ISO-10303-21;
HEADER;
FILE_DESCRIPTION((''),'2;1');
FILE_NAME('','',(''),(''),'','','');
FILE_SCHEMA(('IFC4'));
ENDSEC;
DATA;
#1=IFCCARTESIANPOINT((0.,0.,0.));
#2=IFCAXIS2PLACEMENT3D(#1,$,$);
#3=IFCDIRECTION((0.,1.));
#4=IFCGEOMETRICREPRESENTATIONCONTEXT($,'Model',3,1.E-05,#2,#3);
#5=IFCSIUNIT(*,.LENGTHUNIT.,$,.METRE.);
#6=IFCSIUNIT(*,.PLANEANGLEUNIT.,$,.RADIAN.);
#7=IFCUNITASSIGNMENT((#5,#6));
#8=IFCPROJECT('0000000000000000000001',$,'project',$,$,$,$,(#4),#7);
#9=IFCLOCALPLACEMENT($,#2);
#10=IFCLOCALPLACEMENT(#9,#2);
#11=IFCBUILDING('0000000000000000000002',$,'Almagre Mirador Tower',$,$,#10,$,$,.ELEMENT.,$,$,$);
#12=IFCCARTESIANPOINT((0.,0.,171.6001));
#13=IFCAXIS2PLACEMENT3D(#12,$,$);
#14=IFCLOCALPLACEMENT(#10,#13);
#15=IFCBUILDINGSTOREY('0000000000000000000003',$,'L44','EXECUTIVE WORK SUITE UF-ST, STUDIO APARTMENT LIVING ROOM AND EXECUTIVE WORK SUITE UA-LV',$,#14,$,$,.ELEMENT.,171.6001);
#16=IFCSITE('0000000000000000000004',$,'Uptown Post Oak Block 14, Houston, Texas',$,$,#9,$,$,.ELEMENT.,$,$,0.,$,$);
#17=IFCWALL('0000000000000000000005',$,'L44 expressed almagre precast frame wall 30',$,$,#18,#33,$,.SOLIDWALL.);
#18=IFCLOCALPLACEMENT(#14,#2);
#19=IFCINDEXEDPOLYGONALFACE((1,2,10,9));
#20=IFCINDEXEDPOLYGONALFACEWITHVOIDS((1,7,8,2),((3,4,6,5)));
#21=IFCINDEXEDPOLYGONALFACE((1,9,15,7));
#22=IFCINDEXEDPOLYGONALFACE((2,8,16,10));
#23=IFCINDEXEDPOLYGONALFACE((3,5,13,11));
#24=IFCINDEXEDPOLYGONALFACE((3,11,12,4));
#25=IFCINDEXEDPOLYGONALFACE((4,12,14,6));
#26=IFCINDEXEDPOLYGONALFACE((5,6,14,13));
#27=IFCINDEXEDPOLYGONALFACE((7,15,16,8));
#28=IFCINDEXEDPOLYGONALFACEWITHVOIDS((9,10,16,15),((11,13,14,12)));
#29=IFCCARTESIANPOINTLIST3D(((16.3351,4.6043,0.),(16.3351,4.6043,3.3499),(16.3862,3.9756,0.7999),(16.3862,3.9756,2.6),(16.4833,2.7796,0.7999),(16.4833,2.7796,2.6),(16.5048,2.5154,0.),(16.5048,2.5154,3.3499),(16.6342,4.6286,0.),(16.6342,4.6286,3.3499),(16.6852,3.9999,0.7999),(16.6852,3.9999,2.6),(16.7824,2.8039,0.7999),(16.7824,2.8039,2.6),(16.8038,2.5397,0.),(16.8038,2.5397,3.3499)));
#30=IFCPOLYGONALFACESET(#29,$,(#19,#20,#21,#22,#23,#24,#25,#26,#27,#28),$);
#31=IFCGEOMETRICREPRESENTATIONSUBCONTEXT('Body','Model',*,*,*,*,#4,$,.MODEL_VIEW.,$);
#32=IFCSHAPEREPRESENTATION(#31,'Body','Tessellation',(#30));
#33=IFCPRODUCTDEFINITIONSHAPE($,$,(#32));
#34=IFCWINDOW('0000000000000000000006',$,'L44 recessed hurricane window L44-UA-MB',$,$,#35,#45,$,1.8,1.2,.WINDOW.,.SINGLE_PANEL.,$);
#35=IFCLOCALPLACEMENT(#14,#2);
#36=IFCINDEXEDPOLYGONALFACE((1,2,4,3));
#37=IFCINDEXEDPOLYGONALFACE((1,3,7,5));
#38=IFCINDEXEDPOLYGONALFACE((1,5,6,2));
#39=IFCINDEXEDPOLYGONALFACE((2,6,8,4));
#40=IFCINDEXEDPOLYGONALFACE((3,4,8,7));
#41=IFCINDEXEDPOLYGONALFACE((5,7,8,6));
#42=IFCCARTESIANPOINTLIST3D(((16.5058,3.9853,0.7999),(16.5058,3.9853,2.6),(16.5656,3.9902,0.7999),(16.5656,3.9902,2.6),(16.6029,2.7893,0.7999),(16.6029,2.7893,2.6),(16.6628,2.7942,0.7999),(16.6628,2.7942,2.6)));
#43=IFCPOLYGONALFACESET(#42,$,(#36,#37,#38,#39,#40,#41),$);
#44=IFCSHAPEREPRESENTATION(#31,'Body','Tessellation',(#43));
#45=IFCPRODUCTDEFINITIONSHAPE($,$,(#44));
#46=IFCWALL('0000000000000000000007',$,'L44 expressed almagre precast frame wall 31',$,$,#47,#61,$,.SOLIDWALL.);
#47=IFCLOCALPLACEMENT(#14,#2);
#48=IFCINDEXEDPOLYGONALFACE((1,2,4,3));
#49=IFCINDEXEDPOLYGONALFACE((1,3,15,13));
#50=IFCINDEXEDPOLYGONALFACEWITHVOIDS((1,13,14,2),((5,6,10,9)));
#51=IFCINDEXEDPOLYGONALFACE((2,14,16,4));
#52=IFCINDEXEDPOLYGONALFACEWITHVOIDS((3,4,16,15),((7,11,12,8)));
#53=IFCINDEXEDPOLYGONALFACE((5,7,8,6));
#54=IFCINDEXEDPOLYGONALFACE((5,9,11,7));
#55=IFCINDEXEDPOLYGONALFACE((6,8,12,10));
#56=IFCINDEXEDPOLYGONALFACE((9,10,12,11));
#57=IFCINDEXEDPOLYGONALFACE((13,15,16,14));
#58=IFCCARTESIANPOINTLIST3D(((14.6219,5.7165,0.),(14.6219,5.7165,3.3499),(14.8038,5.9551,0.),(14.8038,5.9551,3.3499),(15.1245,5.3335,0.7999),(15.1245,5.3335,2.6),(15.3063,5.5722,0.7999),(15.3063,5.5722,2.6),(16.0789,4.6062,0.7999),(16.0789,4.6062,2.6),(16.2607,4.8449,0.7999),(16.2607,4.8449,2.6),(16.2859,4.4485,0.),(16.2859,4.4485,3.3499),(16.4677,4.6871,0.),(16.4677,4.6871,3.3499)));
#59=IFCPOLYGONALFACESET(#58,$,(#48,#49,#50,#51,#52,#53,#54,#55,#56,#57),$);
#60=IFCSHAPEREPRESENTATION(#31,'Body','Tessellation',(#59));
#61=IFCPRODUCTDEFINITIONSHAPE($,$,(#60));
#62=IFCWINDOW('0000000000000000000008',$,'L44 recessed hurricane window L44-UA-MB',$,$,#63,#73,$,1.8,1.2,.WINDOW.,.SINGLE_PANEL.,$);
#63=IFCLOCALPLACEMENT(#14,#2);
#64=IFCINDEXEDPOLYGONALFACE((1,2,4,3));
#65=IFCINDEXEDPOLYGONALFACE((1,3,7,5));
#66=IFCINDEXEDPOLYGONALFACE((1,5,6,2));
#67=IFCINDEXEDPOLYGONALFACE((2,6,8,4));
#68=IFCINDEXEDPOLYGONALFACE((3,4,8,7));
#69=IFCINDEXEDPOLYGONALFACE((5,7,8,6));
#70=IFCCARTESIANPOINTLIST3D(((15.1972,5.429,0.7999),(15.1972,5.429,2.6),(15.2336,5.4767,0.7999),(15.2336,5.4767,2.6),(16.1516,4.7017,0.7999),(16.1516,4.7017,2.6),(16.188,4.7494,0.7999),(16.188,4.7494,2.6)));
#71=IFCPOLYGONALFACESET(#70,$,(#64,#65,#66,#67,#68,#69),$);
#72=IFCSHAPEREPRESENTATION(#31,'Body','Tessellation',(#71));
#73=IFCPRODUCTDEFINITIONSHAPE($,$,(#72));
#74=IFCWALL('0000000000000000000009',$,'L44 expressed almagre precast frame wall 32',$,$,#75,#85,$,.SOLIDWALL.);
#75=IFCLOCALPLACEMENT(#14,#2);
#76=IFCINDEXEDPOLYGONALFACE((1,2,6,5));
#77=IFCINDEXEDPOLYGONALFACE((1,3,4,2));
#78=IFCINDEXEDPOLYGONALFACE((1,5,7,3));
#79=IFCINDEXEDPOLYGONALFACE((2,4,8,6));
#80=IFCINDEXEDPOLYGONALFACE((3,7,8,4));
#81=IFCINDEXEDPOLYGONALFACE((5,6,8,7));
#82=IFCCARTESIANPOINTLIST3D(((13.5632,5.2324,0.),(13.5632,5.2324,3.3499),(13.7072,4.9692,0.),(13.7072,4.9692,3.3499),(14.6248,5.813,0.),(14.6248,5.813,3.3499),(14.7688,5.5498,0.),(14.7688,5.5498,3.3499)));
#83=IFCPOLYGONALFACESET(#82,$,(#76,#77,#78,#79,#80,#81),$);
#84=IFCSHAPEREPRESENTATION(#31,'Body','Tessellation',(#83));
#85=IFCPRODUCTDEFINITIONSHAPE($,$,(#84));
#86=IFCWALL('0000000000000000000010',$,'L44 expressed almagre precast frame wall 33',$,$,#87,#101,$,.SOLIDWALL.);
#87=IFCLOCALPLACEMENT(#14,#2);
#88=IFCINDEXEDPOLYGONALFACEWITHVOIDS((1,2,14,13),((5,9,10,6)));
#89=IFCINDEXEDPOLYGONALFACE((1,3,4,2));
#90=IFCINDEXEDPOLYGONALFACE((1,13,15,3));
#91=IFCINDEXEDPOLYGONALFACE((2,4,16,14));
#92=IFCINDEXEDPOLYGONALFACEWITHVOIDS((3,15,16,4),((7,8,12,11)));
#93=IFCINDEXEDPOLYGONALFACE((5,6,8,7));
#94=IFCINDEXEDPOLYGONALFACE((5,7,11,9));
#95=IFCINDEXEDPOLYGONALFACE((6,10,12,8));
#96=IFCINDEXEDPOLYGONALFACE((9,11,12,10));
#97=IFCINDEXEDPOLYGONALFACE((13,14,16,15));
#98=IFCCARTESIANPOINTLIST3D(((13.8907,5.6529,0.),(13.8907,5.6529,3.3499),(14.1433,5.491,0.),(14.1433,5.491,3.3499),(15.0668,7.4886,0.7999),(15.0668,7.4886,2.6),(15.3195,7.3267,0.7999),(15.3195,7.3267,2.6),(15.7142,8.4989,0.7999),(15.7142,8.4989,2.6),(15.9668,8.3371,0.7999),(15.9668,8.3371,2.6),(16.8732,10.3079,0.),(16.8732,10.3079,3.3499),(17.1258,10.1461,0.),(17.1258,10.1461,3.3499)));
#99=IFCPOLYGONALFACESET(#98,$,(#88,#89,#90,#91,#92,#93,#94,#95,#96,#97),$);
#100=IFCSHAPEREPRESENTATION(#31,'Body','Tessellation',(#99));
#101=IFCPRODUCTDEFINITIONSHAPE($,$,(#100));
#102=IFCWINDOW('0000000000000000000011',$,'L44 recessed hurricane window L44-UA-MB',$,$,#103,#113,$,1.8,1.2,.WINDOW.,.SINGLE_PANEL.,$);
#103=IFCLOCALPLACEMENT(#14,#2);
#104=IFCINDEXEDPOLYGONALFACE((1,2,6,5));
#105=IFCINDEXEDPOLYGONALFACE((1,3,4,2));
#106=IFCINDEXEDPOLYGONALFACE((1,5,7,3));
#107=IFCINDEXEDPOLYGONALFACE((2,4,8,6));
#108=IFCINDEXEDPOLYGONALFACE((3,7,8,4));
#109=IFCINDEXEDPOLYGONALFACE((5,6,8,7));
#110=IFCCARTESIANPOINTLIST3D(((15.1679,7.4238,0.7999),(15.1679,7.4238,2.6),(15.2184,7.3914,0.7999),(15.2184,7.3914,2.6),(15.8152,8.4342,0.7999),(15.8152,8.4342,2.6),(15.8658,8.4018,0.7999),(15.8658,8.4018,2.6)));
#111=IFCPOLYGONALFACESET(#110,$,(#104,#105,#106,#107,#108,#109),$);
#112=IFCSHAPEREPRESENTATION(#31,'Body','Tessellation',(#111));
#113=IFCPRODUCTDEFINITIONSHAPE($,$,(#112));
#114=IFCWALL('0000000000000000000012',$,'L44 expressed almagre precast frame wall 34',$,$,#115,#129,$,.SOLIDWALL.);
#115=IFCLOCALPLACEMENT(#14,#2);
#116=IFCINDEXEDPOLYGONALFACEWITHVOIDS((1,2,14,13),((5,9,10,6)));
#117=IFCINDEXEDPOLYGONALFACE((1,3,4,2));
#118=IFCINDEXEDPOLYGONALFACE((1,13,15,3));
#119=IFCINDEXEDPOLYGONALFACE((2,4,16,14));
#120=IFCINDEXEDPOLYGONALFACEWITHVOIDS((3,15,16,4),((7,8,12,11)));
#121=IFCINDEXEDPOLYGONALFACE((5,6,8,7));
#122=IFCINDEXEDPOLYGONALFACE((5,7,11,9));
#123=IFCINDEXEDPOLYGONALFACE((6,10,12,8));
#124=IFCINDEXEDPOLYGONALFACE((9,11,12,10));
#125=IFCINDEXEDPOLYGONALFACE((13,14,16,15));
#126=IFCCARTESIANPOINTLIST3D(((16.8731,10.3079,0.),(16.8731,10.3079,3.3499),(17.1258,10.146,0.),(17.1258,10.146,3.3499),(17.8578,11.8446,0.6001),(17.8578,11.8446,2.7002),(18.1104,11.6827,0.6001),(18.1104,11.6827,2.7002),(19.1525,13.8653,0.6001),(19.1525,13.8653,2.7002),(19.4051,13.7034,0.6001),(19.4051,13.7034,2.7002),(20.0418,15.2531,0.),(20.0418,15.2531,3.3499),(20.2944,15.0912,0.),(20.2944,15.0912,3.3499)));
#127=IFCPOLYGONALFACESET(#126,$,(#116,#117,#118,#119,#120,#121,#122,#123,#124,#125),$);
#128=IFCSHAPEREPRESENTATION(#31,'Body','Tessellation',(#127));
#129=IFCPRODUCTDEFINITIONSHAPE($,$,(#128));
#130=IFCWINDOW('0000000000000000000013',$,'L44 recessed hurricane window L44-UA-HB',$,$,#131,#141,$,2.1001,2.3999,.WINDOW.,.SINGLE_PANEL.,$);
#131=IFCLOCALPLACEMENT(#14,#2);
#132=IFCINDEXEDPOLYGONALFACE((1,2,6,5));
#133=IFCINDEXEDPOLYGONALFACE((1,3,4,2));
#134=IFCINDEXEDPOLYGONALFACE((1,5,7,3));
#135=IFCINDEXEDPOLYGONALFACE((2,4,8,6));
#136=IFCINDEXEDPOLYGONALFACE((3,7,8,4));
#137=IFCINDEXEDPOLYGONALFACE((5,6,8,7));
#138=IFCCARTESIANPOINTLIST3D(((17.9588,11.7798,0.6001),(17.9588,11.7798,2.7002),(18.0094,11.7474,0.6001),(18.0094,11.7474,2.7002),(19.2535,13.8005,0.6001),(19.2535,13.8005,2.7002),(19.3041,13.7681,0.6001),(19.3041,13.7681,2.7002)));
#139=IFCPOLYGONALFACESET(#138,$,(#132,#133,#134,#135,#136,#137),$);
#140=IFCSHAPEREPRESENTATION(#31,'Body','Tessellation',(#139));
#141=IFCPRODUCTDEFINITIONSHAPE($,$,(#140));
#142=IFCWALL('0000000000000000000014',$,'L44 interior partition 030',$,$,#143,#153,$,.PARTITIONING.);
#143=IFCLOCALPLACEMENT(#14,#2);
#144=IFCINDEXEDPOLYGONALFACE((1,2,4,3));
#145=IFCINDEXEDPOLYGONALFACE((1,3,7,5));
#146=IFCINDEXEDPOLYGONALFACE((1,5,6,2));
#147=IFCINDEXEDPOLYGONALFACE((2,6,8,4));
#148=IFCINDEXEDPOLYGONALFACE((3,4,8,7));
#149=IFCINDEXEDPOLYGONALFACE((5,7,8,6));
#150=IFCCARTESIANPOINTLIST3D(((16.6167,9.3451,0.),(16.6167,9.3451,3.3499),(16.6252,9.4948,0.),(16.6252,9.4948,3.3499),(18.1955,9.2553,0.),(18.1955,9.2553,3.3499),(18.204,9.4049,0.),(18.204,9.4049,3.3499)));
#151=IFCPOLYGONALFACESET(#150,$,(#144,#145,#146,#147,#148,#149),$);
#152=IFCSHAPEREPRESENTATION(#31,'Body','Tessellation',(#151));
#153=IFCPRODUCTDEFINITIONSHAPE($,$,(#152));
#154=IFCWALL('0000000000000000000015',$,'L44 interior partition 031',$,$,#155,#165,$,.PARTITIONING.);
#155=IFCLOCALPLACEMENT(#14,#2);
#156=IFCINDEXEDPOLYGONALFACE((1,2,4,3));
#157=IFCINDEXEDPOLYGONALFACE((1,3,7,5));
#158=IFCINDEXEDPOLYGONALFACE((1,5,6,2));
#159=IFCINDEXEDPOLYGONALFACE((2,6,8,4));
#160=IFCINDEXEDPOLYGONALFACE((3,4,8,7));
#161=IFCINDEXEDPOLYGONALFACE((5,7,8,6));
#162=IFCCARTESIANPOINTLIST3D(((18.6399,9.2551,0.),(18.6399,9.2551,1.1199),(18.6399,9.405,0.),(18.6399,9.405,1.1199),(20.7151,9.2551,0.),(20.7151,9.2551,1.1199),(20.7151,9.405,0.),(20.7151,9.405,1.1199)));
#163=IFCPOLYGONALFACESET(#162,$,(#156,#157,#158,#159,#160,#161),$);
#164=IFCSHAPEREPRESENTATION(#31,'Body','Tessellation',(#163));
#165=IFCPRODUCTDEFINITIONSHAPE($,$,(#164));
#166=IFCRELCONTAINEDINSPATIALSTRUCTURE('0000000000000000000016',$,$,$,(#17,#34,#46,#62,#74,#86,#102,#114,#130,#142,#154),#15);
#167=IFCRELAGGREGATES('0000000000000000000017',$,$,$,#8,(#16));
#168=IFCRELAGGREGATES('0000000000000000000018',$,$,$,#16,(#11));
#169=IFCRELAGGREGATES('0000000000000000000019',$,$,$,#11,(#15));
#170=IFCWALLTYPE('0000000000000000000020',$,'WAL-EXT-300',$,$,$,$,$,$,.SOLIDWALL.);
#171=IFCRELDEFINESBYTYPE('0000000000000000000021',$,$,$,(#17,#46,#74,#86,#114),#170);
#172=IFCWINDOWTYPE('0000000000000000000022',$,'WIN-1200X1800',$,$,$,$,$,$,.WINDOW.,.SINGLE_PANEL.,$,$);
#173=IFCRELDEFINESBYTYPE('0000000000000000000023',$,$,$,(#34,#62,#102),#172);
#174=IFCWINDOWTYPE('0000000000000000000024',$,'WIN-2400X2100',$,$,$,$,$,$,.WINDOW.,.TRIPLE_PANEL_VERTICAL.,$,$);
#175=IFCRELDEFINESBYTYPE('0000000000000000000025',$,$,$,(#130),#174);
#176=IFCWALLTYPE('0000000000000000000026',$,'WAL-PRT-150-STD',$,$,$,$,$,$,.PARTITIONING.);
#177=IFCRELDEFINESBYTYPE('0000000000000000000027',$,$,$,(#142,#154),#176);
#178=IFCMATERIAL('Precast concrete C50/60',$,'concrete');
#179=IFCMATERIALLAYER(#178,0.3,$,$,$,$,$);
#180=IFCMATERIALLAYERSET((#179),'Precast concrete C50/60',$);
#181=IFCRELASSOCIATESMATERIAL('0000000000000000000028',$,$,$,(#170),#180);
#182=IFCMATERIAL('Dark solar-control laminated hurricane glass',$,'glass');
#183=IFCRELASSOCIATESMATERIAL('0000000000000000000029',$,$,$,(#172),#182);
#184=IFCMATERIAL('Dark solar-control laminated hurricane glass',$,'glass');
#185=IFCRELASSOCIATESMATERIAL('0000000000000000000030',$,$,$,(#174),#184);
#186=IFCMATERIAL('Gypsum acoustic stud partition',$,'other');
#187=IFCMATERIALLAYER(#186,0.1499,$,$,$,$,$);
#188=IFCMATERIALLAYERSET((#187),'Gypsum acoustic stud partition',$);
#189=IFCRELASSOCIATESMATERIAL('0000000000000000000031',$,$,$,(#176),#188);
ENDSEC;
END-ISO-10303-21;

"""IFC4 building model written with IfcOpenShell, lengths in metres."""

from ifc_helpers import new_model, si_unit, direction, frame, frame_2d, origin, place, context, subcontext, project, spatial, rectangle, extrude, material, layer, layer_set, type_object, element, fill, save


model = new_model("IFC4")

# Units and contexts
model_context = context("Model", 3, precision=1e-05, world=origin(), true_north=direction((0.0, 1.0)))
body_context = subcontext(model_context, "Body", "Model", "MODEL_VIEW")
ifc_project = project(units=[si_unit("LENGTHUNIT", "METRE"), si_unit("PLANEANGLEUNIT", "RADIAN")], contexts=[model_context])

# Site, building, storey
site_placement = place(None, origin())
site = spatial("IfcSite", under=ifc_project, at=site_placement, Name="Uptown Post Oak Block 14, Houston, Texas", CompositionType="ELEMENT", RefElevation=0.0)
building_placement = place(site_placement, origin())
building = spatial("IfcBuilding", under=site, at=building_placement, Name="Almagre Mirador Tower", CompositionType="ELEMENT")
storey_placement = place(building_placement, frame((0.0, 0.0, 171.6001)))
storey = spatial("IfcBuildingStorey", under=building, at=storey_placement, Name="L44", Description="EXECUTIVE WORK SUITE UF-ST, STUDIO APARTMENT LIVING ROOM AND EXECUTIVE WORK SUITE UA-LV", CompositionType="ELEMENT", Elevation=171.6001)

# Shared definitions
ifc_material_1 = material(Name="Precast concrete C50/60", Category="concrete")
ifc_layer_1 = layer(ifc_material_1, 0.3)
ifc_layer_set_1 = layer_set([ifc_layer_1], Name="Precast concrete C50/60")
wall_type_1 = type_object("IfcWallType", Name="WAL-EXT-300", PredefinedType="SOLIDWALL", material=ifc_layer_set_1)

# Walls, openings, windows
wall_1_placement = place(storey_placement, frame((16.6543, 2.5276, 0.0), z_axis=(0.0, 0.0, 1.0), x_axis=(-0.080963, 0.996717, 0.0)))
wall_1 = element("IfcWall", 1, at=wall_1_placement, inside=storey, type_object=wall_type_1, Name="L44 expressed almagre precast frame wall 30", PredefinedType="SOLIDWALL", context=body_context, shape_type="SweptSolid", body=[
    extrude(rectangle(XDim=2.0957, YDim=0.3, at=frame_2d((1.0479, 0.0))), origin(), (0.0, 0.0, 1.0), 3.3499),
])
opening_1_placement = place(wall_1_placement, frame((0.2649, 0.0, 0.8)))
opening_1 = element("IfcOpeningElement", 2, at=opening_1_placement, cuts=wall_1, PredefinedType="OPENING", context=body_context, shape_type="SweptSolid", body=[
    extrude(rectangle(XDim=1.2, YDim=1.8, at=frame_2d((0.6001, 0.8999))), frame((0.0, 0.1599, 0.0), z_axis=(0.0, -1.0, 0.0), x_axis=(1.0, 0.0, 0.0)), (0.0, 0.0, 1.0), 0.32),
])
ifc_material_2 = material(Name="Dark solar-control laminated hurricane glass", Category="glass")
window_type_1 = type_object("IfcWindowType", Name="WIN-1200X1800", PartitioningType="SINGLE_PANEL", PredefinedType="WINDOW", material=ifc_material_2)
window_1_placement = place(opening_1_placement, origin())
window_1 = element("IfcWindow", 3, at=window_1_placement, inside=storey, type_object=window_type_1, Name="L44 recessed hurricane window L44-UA-MB", OverallHeight=1.8, OverallWidth=1.2, PartitioningType="SINGLE_PANEL", PredefinedType="WINDOW", context=body_context, shape_type="SweptSolid", body=[
    extrude(rectangle(XDim=1.2, YDim=1.8, at=frame_2d((0.6001, 0.8999))), frame((0.0, 0.03, 0.0), z_axis=(0.0, -1.0, 0.0), x_axis=(1.0, 0.0, 0.0)), (0.0, 0.0, 1.0), 0.0601),
])
fill(opening_1, window_1)
wall_2_placement = place(storey_placement, frame((16.3767, 4.5679, 0.0), z_axis=(0.0, 0.0, 1.0), x_axis=(-0.795383, 0.606106, 0.0)))
wall_2 = element("IfcWall", 4, at=wall_2_placement, inside=storey, type_object=wall_type_1, Name="L44 expressed almagre precast frame wall 31", PredefinedType="SOLIDWALL", context=body_context, shape_type="SweptSolid", body=[
    extrude(rectangle(XDim=2.092, YDim=0.3, at=frame_2d((1.0459, 0.0))), origin(), (0.0, 0.0, 1.0), 3.3499),
])
opening_2_placement = place(wall_2_placement, frame((0.26, 0.0, 0.8)))
opening_2 = element("IfcOpeningElement", 5, at=opening_2_placement, cuts=wall_2, PredefinedType="OPENING", context=body_context, shape_type="SweptSolid", body=[
    extrude(rectangle(XDim=1.2, YDim=1.8, at=frame_2d((0.6001, 0.8999))), frame((0.0, 0.1599, 0.0), z_axis=(0.0, -1.0, 0.0), x_axis=(1.0, 0.0, 0.0)), (0.0, 0.0, 1.0), 0.32),
])
window_2_placement = place(opening_2_placement, origin())
window_2 = element("IfcWindow", 6, at=window_2_placement, inside=storey, type_object=window_type_1, Name="L44 recessed hurricane window L44-UA-MB", OverallHeight=1.8, OverallWidth=1.2, PartitioningType="SINGLE_PANEL", PredefinedType="WINDOW", context=body_context, shape_type="SweptSolid", body=[
    extrude(rectangle(XDim=1.2, YDim=1.8, at=frame_2d((0.6001, 0.8999))), frame((0.0, 0.03, 0.0), z_axis=(0.0, -1.0, 0.0), x_axis=(1.0, 0.0, 0.0)), (0.0, 0.0, 1.0), 0.0601),
])
fill(opening_2, window_2)

# Wall
wall_3_placement = place(storey_placement, frame((14.6968, 5.6814, 0.0), z_axis=(0.0, 0.0, 1.0), x_axis=(-0.877355, -0.479841, 0.0)))
element("IfcWall", 7, at=wall_3_placement, inside=storey, type_object=wall_type_1, Name="L44 expressed almagre precast frame wall 32", PredefinedType="SOLIDWALL", context=body_context, shape_type="SweptSolid", body=[
    extrude(rectangle(XDim=1.21, YDim=0.3, at=frame_2d((0.605, 0.0))), origin(), (0.0, 0.0, 1.0), 3.3499),
])

# Walls, openings, windows
wall_4_placement = place(storey_placement, frame((14.0171, 5.572, 0.0), z_axis=(0.0, 0.0, 1.0), x_axis=(0.539465, 0.842008, 0.0)))
wall_4 = element("IfcWall", 8, at=wall_4_placement, inside=storey, type_object=wall_type_1, Name="L44 expressed almagre precast frame wall 33", PredefinedType="SOLIDWALL", context=body_context, shape_type="SweptSolid", body=[
    extrude(rectangle(XDim=5.5286, YDim=0.3, at=frame_2d((2.7642, 0.0))), origin(), (0.0, 0.0, 1.0), 3.3499),
])
opening_3_placement = place(wall_4_placement, frame((2.1799, 0.0, 0.8)))
opening_3 = element("IfcOpeningElement", 9, at=opening_3_placement, cuts=wall_4, PredefinedType="OPENING", context=body_context, shape_type="SweptSolid", body=[
    extrude(rectangle(XDim=1.2, YDim=1.8, at=frame_2d((0.6001, 0.8999))), frame((0.0, 0.1599, 0.0), z_axis=(0.0, -1.0, 0.0), x_axis=(1.0, 0.0, 0.0)), (0.0, 0.0, 1.0), 0.32),
])
window_3_placement = place(opening_3_placement, origin())
window_3 = element("IfcWindow", 10, at=window_3_placement, inside=storey, type_object=window_type_1, Name="L44 recessed hurricane window L44-UA-MB", OverallHeight=1.8, OverallWidth=1.2, PartitioningType="SINGLE_PANEL", PredefinedType="WINDOW", context=body_context, shape_type="SweptSolid", body=[
    extrude(rectangle(XDim=1.2, YDim=1.8, at=frame_2d((0.6001, 0.8999))), frame((0.0, 0.03, 0.0), z_axis=(0.0, -1.0, 0.0), x_axis=(1.0, 0.0, 0.0)), (0.0, 0.0, 1.0), 0.0601),
])
fill(opening_3, window_3)
wall_5_placement = place(storey_placement, frame((16.9995, 10.2271, 0.0), z_axis=(0.0, 0.0, 1.0), x_axis=(0.539501, 0.841985, 0.0)))
wall_5 = element("IfcWall", 11, at=wall_5_placement, inside=storey, type_object=wall_type_1, Name="L44 expressed almagre precast frame wall 34", PredefinedType="SOLIDWALL", context=body_context, shape_type="SweptSolid", body=[
    extrude(rectangle(XDim=5.8733, YDim=0.3, at=frame_2d((2.9365, 0.0))), origin(), (0.0, 0.0, 1.0), 3.3499),
])
opening_4_placement = place(wall_5_placement, frame((1.825, 0.0, 0.6001)))
opening_4 = element("IfcOpeningElement", 12, at=opening_4_placement, cuts=wall_5, PredefinedType="OPENING", context=body_context, shape_type="SweptSolid", body=[
    extrude(rectangle(XDim=2.3999, YDim=2.1001, at=frame_2d((1.2, 1.05))), frame((0.0, 0.1599, 0.0), z_axis=(0.0, -1.0, 0.0), x_axis=(1.0, 0.0, 0.0)), (0.0, 0.0, 1.0), 0.32),
])
ifc_material_3 = material(Name="Dark solar-control laminated hurricane glass", Category="glass")
window_type_2 = type_object("IfcWindowType", Name="WIN-2400X2100", PartitioningType="TRIPLE_PANEL_VERTICAL", PredefinedType="WINDOW", material=ifc_material_3)
window_4_placement = place(opening_4_placement, origin())
window_4 = element("IfcWindow", 13, at=window_4_placement, inside=storey, type_object=window_type_2, Name="L44 recessed hurricane window L44-UA-HB", OverallHeight=2.1001, OverallWidth=2.3999, PartitioningType="SINGLE_PANEL", PredefinedType="WINDOW", context=body_context, shape_type="SweptSolid", body=[
    extrude(rectangle(XDim=2.3999, YDim=2.1001, at=frame_2d((1.2, 1.05))), frame((0.0, 0.03, 0.0), z_axis=(0.0, -1.0, 0.0), x_axis=(1.0, 0.0, 0.0)), (0.0, 0.0, 1.0), 0.0601),
])
fill(opening_4, window_4)

# Walls
ifc_material_4 = material(Name="Gypsum acoustic stud partition", Category="other")
ifc_layer_2 = layer(ifc_material_4, 0.1499)
ifc_layer_set_2 = layer_set([ifc_layer_2], Name="Gypsum acoustic stud partition")
wall_type_2 = type_object("IfcWallType", Name="WAL-PRT-150-STD", PredefinedType="PARTITIONING", material=ifc_layer_set_2)
wall_6_placement = place(storey_placement, frame((16.6211, 9.4199, 0.0), z_axis=(0.0, 0.0, 1.0), x_axis=(0.998385, -0.056812, 0.0)))
element("IfcWall", 14, at=wall_6_placement, inside=storey, type_object=wall_type_2, Name="L44 interior partition 030", PredefinedType="PARTITIONING", context=body_context, shape_type="SweptSolid", body=[
    extrude(rectangle(XDim=1.5813, YDim=0.1499, at=frame_2d((0.7905, 0.0))), origin(), (0.0, 0.0, 1.0), 3.3499),
])
wall_7_placement = place(storey_placement, frame((18.6399, 9.3301, 0.0), z_axis=(0.0, 0.0, 1.0), x_axis=(1.0, 0.0, 0.0)))
element("IfcWall", 15, at=wall_7_placement, inside=storey, type_object=wall_type_2, Name="L44 interior partition 031", PredefinedType="PARTITIONING", context=body_context, shape_type="SweptSolid", body=[
    extrude(rectangle(XDim=2.0752, YDim=0.1499, at=frame_2d((1.0376, 0.0))), origin(), (0.0, 0.0, 1.0), 1.1199),
])

save(model, "model.ifc")
